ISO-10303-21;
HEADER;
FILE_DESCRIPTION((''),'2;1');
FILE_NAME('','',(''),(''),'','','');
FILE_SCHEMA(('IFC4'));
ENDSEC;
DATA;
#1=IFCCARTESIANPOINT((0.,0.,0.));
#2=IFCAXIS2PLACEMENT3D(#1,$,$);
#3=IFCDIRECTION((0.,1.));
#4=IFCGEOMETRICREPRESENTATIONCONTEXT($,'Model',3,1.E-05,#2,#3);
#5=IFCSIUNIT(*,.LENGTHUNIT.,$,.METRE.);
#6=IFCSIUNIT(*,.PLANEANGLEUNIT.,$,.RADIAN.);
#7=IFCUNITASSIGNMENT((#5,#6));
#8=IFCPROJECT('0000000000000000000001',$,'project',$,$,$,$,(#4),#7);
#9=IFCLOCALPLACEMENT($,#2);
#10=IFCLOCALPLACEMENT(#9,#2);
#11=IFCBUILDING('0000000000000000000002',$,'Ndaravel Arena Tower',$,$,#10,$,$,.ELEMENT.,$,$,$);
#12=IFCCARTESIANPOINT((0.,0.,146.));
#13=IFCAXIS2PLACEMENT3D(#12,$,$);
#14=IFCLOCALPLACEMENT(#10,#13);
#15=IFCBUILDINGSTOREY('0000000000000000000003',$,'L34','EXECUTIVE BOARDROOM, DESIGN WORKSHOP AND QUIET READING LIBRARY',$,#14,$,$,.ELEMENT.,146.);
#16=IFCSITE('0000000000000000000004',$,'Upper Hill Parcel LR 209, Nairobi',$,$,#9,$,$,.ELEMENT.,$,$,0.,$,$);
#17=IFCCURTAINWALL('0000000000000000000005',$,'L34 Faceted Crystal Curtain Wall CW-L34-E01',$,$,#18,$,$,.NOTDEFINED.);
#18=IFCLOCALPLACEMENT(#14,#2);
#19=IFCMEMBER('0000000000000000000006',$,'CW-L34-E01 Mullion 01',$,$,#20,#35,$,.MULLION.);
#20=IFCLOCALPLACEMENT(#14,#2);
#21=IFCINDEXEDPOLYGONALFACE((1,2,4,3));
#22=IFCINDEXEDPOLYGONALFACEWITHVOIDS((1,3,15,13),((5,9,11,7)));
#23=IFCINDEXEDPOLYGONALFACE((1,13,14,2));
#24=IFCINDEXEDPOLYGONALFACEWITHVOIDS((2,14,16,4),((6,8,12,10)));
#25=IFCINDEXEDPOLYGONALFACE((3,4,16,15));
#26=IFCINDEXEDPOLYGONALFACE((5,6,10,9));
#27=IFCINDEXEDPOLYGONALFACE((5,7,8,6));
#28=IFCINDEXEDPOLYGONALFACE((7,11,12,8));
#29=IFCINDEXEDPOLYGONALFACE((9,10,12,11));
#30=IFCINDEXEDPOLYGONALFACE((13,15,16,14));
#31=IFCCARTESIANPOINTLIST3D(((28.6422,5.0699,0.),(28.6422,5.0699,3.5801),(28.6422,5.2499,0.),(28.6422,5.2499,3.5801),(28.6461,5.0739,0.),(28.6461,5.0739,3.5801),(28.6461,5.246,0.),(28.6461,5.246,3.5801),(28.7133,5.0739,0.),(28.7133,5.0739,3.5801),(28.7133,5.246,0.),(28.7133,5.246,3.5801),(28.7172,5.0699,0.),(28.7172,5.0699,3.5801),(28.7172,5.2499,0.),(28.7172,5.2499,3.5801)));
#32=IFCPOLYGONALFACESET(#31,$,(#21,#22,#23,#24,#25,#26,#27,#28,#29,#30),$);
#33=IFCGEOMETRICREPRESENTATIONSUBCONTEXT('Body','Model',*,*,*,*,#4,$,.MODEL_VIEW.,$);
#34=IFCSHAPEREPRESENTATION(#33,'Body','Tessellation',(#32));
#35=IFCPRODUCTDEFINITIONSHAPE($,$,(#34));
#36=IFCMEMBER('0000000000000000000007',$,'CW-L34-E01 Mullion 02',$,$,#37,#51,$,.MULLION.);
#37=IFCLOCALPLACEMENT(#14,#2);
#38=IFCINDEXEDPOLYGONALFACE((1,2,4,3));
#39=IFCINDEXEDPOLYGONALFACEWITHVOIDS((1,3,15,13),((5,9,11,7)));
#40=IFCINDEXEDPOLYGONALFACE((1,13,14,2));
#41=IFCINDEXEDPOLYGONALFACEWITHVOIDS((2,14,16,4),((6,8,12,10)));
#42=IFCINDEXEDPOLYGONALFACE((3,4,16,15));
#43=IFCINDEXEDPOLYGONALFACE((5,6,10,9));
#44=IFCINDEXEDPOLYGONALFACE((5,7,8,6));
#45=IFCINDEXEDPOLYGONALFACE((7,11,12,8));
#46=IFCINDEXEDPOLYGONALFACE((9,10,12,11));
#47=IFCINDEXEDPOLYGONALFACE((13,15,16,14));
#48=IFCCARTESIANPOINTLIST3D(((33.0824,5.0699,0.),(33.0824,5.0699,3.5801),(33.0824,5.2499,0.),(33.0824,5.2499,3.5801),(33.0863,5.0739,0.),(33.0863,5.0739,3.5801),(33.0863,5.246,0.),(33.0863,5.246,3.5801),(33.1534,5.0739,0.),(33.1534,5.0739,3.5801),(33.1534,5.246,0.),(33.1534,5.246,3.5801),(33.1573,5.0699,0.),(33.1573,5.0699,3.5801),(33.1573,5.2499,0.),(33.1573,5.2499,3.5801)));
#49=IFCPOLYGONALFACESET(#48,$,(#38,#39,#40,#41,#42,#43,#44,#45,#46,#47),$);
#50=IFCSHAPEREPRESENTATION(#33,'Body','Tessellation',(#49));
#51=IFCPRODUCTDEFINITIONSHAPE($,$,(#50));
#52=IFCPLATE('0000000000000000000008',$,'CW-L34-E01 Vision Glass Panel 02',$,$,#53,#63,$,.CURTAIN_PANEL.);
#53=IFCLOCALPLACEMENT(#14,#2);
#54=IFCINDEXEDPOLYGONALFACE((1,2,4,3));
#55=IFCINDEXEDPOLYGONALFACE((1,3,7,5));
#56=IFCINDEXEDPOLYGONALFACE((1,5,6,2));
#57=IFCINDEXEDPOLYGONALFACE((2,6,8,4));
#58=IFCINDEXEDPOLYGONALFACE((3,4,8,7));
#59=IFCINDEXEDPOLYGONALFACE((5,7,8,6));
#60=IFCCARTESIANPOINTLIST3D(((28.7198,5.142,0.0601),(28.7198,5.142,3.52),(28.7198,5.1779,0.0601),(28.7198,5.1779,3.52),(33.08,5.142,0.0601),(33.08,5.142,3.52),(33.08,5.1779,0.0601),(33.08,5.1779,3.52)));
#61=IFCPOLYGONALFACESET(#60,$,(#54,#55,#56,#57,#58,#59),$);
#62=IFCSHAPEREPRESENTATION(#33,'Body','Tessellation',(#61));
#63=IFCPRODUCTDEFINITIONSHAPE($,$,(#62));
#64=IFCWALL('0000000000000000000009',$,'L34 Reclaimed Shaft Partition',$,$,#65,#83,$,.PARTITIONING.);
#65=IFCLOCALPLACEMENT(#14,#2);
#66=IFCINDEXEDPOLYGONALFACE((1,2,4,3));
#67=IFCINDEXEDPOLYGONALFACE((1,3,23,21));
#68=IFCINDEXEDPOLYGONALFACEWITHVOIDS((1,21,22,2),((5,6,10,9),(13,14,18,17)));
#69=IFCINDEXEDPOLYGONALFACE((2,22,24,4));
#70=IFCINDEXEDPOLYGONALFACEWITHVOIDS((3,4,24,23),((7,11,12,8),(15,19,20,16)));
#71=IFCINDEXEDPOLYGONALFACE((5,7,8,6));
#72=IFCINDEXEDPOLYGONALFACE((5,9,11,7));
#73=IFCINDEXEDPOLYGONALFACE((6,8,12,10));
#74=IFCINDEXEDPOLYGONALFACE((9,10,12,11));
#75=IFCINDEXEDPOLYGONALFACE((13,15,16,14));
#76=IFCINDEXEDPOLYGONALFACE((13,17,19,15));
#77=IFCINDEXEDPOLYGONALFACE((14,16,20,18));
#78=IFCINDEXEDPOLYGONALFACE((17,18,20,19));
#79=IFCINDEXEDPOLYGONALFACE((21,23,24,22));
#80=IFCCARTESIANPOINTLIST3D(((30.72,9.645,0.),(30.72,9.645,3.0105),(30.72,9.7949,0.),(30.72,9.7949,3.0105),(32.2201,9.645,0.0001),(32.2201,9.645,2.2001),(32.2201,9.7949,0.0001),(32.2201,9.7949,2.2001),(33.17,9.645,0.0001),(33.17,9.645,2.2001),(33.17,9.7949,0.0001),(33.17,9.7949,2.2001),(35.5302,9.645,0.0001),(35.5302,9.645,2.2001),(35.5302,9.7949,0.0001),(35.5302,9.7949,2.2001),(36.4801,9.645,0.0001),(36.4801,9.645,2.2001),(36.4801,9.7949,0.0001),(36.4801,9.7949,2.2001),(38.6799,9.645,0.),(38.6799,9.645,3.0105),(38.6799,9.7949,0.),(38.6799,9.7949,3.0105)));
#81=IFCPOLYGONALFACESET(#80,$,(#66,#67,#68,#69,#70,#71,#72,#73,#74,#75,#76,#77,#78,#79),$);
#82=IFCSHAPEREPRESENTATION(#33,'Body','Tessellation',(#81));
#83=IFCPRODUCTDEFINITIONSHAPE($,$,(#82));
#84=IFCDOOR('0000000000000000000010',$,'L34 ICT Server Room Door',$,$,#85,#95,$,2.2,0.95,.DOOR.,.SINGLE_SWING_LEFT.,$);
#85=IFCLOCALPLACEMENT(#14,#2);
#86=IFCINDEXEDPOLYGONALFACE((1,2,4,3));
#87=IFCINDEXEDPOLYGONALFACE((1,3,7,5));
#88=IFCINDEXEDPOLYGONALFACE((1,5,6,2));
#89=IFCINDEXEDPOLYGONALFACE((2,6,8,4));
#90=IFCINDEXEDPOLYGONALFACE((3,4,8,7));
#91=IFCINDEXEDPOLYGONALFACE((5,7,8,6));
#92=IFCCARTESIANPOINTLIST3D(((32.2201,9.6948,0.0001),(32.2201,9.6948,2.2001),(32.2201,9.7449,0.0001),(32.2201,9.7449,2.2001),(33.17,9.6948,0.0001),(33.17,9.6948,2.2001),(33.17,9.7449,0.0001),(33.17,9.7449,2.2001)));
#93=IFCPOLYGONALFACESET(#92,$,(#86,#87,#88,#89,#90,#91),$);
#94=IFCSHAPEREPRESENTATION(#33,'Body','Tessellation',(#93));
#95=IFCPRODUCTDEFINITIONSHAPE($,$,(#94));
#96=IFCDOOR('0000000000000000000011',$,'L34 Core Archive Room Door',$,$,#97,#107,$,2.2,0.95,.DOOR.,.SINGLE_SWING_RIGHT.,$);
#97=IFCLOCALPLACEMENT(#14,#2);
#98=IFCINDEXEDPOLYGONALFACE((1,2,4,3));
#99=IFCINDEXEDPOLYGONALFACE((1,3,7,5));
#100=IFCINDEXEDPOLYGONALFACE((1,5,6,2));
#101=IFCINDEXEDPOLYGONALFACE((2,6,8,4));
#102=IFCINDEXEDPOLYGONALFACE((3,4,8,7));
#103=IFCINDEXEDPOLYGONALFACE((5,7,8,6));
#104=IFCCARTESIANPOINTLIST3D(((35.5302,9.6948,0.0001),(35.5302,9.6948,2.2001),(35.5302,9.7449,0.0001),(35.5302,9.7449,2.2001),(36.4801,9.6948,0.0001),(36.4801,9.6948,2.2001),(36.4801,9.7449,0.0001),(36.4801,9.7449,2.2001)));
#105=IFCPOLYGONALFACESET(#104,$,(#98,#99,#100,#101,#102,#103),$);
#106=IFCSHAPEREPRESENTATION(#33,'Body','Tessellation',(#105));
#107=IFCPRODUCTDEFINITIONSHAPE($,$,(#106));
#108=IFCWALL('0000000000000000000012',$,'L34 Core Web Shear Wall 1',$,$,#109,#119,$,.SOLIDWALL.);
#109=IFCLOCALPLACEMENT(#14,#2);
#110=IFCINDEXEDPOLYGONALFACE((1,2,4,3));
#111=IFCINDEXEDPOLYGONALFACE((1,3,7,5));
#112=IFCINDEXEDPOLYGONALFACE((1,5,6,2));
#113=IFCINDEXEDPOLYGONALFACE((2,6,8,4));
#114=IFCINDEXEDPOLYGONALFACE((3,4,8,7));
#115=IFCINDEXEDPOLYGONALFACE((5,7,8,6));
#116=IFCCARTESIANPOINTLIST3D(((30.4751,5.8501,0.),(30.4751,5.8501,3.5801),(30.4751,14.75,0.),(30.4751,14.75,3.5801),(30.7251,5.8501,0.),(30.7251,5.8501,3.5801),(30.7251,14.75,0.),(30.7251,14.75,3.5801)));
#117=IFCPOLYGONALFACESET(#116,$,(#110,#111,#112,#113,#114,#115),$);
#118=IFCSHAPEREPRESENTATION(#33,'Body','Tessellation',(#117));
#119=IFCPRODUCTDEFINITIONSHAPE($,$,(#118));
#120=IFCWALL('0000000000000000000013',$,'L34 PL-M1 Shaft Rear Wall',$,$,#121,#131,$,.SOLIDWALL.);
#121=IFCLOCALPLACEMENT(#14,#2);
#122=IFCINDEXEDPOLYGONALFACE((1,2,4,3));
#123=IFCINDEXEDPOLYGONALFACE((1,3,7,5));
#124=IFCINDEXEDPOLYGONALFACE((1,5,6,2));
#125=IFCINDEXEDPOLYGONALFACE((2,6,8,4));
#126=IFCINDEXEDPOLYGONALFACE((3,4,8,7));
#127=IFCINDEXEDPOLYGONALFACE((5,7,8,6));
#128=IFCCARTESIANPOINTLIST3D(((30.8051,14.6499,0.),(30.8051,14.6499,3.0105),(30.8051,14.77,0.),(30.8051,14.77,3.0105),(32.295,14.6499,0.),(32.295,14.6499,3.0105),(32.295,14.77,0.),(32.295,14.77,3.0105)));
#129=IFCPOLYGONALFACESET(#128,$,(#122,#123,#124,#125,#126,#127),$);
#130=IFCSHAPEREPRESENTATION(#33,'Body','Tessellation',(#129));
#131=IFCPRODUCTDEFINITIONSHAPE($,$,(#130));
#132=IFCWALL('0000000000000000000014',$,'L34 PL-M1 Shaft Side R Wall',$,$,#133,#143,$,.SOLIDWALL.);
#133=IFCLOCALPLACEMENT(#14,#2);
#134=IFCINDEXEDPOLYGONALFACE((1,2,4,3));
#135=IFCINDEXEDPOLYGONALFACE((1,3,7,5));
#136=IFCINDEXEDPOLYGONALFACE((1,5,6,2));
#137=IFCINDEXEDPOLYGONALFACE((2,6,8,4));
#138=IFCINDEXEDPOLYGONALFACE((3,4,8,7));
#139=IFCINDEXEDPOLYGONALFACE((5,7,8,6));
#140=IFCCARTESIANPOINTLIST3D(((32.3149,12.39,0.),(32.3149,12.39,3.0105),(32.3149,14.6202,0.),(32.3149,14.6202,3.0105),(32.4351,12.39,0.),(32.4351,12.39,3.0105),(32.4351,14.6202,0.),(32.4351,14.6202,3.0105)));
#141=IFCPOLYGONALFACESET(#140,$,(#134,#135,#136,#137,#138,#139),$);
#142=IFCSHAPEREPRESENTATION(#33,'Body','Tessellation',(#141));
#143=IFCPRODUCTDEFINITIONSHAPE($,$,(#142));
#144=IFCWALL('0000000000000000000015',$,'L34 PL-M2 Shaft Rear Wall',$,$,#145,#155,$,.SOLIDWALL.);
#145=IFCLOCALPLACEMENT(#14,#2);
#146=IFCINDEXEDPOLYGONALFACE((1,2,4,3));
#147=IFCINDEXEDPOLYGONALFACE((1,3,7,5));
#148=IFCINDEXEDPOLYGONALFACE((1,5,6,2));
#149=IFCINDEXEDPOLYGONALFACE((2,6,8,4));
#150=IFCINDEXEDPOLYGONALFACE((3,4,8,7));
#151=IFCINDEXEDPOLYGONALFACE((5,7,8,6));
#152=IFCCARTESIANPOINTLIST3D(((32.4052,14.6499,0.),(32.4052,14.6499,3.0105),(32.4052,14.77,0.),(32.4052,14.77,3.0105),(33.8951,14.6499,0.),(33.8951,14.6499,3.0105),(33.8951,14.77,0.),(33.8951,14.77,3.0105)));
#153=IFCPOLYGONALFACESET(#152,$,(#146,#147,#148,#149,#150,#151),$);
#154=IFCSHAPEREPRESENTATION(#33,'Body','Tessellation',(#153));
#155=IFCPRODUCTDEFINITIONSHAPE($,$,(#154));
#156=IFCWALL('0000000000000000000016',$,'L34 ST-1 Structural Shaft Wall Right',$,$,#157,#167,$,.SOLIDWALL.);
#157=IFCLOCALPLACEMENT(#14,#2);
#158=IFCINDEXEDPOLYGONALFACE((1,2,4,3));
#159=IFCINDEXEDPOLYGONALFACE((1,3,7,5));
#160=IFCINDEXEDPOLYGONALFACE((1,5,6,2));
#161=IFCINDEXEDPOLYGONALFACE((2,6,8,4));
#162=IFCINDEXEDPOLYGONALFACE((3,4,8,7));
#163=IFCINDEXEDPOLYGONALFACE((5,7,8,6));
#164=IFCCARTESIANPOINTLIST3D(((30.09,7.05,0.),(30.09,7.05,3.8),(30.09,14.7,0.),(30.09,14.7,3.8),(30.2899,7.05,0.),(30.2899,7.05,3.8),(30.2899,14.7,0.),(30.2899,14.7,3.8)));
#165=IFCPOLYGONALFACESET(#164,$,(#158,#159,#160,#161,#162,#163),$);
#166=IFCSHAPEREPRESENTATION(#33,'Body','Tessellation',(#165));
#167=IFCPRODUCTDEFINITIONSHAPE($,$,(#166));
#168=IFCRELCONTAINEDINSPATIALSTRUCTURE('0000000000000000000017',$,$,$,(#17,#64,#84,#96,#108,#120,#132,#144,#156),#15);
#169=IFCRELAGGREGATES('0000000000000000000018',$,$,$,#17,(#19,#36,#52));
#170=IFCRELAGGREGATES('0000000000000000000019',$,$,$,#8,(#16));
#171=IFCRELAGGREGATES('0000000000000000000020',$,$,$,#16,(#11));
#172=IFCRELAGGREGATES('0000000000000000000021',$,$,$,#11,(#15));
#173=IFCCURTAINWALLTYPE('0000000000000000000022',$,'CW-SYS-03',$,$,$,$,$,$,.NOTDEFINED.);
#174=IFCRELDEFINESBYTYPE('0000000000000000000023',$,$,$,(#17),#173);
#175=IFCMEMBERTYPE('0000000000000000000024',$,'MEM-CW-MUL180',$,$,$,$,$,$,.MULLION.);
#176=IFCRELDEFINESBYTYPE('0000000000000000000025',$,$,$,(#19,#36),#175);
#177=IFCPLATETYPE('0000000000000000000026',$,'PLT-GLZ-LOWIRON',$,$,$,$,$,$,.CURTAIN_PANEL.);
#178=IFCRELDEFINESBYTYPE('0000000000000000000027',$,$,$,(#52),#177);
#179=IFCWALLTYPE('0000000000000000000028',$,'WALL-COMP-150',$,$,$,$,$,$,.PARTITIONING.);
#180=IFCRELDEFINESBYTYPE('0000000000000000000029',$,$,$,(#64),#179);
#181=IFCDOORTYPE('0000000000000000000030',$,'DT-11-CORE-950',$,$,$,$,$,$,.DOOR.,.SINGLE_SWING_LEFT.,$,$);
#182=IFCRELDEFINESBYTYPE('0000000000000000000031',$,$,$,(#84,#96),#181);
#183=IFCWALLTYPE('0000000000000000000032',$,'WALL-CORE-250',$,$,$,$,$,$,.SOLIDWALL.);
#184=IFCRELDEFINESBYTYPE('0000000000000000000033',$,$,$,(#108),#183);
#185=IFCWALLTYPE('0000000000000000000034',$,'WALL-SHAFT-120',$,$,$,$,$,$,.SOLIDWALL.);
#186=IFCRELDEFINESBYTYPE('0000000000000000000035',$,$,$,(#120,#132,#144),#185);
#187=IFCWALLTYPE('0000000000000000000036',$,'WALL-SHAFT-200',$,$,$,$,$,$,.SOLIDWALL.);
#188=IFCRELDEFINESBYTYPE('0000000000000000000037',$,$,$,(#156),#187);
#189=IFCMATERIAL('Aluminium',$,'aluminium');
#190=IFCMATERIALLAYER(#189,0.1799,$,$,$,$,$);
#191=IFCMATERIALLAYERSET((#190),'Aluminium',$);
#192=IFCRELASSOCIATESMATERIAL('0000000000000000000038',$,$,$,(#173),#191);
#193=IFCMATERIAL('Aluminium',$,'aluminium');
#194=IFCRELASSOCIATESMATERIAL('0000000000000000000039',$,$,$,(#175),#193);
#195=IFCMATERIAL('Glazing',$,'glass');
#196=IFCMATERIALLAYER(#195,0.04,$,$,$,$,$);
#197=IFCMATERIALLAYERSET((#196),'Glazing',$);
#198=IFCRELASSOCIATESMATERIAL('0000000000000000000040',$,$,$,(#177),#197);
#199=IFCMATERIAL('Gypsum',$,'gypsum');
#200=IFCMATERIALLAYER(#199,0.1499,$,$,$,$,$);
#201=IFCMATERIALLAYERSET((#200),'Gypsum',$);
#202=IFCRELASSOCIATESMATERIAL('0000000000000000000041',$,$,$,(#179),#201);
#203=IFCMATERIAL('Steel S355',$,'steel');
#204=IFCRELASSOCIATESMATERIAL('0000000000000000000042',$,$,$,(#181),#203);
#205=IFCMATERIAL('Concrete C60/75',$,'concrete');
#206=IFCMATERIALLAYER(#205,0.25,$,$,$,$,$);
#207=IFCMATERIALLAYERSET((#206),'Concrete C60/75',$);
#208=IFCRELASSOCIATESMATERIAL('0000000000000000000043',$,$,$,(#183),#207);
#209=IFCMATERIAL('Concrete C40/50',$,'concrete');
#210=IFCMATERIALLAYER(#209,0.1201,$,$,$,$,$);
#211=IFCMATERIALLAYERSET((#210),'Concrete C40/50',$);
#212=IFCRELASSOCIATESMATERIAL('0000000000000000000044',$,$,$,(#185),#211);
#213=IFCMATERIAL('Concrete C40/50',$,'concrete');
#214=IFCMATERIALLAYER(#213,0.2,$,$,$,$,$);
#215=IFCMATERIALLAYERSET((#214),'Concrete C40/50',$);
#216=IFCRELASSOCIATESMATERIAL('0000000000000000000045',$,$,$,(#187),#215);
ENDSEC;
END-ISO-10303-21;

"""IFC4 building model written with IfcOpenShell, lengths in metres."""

from ifc_helpers import new_model, si_unit, direction, frame, frame_2d, origin, origin_2d, place, context, subcontext, project, spatial, rectangle, hollow_rectangle, extrude, material, layer, layer_set, material_profile, profile_set, type_object, element, fill, aggregate, save


model = new_model("IFC4")

# Units and contexts
model_context = context("Model", 3, precision=1e-05, world=origin(), true_north=direction((0.0, 1.0)))
body_context = subcontext(model_context, "Body", "Model", "MODEL_VIEW")
ifc_project = project(units=[si_unit("LENGTHUNIT", "METRE"), si_unit("PLANEANGLEUNIT", "RADIAN")], contexts=[model_context])

# Site, building, storey
site_placement = place(None, origin())
site = spatial("IfcSite", under=ifc_project, at=site_placement, Name="Upper Hill Parcel LR 209, Nairobi", CompositionType="ELEMENT", RefElevation=0.0)
building_placement = place(site_placement, origin())
building = spatial("IfcBuilding", under=site, at=building_placement, Name="Ndaravel Arena Tower", CompositionType="ELEMENT")
storey_placement = place(building_placement, frame((0.0, 0.0, 146.0)))
storey = spatial("IfcBuildingStorey", under=building, at=storey_placement, Name="L34", Description="EXECUTIVE BOARDROOM, DESIGN WORKSHOP AND QUIET READING LIBRARY", CompositionType="ELEMENT", Elevation=146.0)

# Curtain wall, members, plate
ifc_material_1 = material(Name="Aluminium", Category="aluminium")
ifc_layer_1 = layer(ifc_material_1, 0.1799)
ifc_layer_set_1 = layer_set([ifc_layer_1], Name="Aluminium")
curtain_wall_type = type_object("IfcCurtainWallType", Name="CW-SYS-03", PredefinedType="NOTDEFINED", material=ifc_layer_set_1)
curtain_wall_placement = place(storey_placement, origin())
curtain_wall = element("IfcCurtainWall", 1, at=curtain_wall_placement, inside=storey, type_object=curtain_wall_type, Name="L34 Faceted Crystal Curtain Wall CW-L34-E01", PredefinedType="NOTDEFINED")
ifc_material_2 = material(Name="Aluminium", Category="aluminium")
ifc_material_profile = material_profile(ifc_material_2, hollow_rectangle(XDim=0.075, YDim=0.1799, WallThickness=0.0039, at=origin_2d()), Name="CW MULLION 75x180x4")
ifc_profile_set = profile_set([ifc_material_profile], Name="Aluminium")
member_type = type_object("IfcMemberType", Name="MEM-CW-MUL180", PredefinedType="MULLION", material=ifc_profile_set)
member_1_placement = place(storey_placement, frame((28.6797, 5.1599, 0.0), z_axis=(0.0, 0.0, 1.0), x_axis=(1.0, 0.0, 0.0)))
member_1 = element("IfcMember", 2, at=member_1_placement, type_object=member_type, Name="CW-L34-E01 Mullion 01", PredefinedType="MULLION", context=body_context, shape_type="SweptSolid", body=[
    extrude(hollow_rectangle(XDim=0.075, YDim=0.1799, WallThickness=0.0039, at=origin_2d()), origin(), (0.0, 0.0, 1.0), 3.5801),
])
member_2_placement = place(storey_placement, frame((33.1199, 5.1599, 0.0), z_axis=(0.0, 0.0, 1.0), x_axis=(1.0, 0.0, 0.0)))
member_2 = element("IfcMember", 3, at=member_2_placement, type_object=member_type, Name="CW-L34-E01 Mullion 02", PredefinedType="MULLION", context=body_context, shape_type="SweptSolid", body=[
    extrude(hollow_rectangle(XDim=0.075, YDim=0.1799, WallThickness=0.0039, at=origin_2d()), origin(), (0.0, 0.0, 1.0), 3.5801),
])
ifc_material_3 = material(Name="Glazing", Category="glass")
ifc_layer_2 = layer(ifc_material_3, 0.04)
ifc_layer_set_2 = layer_set([ifc_layer_2], Name="Glazing")
plate_type = type_object("IfcPlateType", Name="PLT-GLZ-LOWIRON", PredefinedType="CURTAIN_PANEL", material=ifc_layer_set_2)
plate_placement = place(storey_placement, frame((30.8999, 5.1599, 0.0601), z_axis=(0.0, 0.0, 1.0), x_axis=(1.0, 0.0, 0.0)))
plate = element("IfcPlate", 4, at=plate_placement, type_object=plate_type, Name="CW-L34-E01 Vision Glass Panel 02", PredefinedType="CURTAIN_PANEL", context=body_context, shape_type="SweptSolid", body=[
    extrude(rectangle(XDim=4.3601, YDim=0.0359, at=origin_2d()), origin(), (0.0, 0.0, 1.0), 3.46),
])
aggregate(curtain_wall, [member_1, member_2, plate])

# Wall, openings, doors
ifc_material_4 = material(Name="Gypsum", Category="gypsum")
ifc_layer_3 = layer(ifc_material_4, 0.1499)
ifc_layer_set_3 = layer_set([ifc_layer_3], Name="Gypsum")
wall_type_1 = type_object("IfcWallType", Name="WALL-COMP-150", PredefinedType="PARTITIONING", material=ifc_layer_set_3)
wall_1_placement = place(storey_placement, frame((30.72, 9.72, 0.0), z_axis=(0.0, 0.0, 1.0), x_axis=(1.0, 0.0, 0.0)))
wall_1 = element("IfcWall", 5, at=wall_1_placement, inside=storey, type_object=wall_type_1, Name="L34 Reclaimed Shaft Partition", PredefinedType="PARTITIONING", context=body_context, shape_type="SweptSolid", body=[
    extrude(rectangle(XDim=7.96, YDim=0.1499, at=frame_2d((3.98, 0.0))), origin(), (0.0, 0.0, 1.0), 3.0105),
])
opening_1_placement = place(wall_1_placement, frame((1.5, 0.0, 0.0)))
opening_1 = element("IfcOpeningElement", 6, at=opening_1_placement, cuts=wall_1, PredefinedType="OPENING", context=body_context, shape_type="SweptSolid", body=[
    extrude(rectangle(XDim=0.95, YDim=2.2, at=frame_2d((0.4751, 1.1001))), frame((0.0, 0.075, 0.0), z_axis=(0.0, -1.0, 0.0), x_axis=(1.0, 0.0, 0.0)), (0.0, 0.0, 1.0), 0.1499),
])
opening_2_placement = place(wall_1_placement, frame((4.8101, 0.0, 0.0)))
opening_2 = element("IfcOpeningElement", 7, at=opening_2_placement, cuts=wall_1, PredefinedType="OPENING", context=body_context, shape_type="SweptSolid", body=[
    extrude(rectangle(XDim=0.95, YDim=2.2, at=frame_2d((0.4751, 1.1001))), frame((0.0, 0.075, 0.0), z_axis=(0.0, -1.0, 0.0), x_axis=(1.0, 0.0, 0.0)), (0.0, 0.0, 1.0), 0.1499),
])
ifc_material_5 = material(Name="Steel S355", Category="steel")
door_type_1 = type_object("IfcDoorType", Name="DT-11-CORE-950", OperationType="SINGLE_SWING_LEFT", PredefinedType="DOOR", material=ifc_material_5)
door_1_placement = place(opening_1_placement, origin())
door_1 = element("IfcDoor", 8, at=door_1_placement, inside=storey, type_object=door_type_1, Name="L34 ICT Server Room Door", OperationType="SINGLE_SWING_LEFT", OverallHeight=2.2, OverallWidth=0.95, PredefinedType="DOOR", context=body_context, shape_type="SweptSolid", body=[
    extrude(rectangle(XDim=0.95, YDim=2.2, at=frame_2d((0.4751, 1.1001))), frame((0.0, 0.0249, 0.0), z_axis=(0.0, -1.0, 0.0), x_axis=(1.0, 0.0, 0.0)), (0.0, 0.0, 1.0), 0.05),
])
fill(opening_1, door_1)
door_2_placement = place(opening_2_placement, origin())
door_2 = element("IfcDoor", 9, at=door_2_placement, inside=storey, type_object=door_type_1, Name="L34 Core Archive Room Door", OperationType="SINGLE_SWING_RIGHT", OverallHeight=2.2, OverallWidth=0.95, PredefinedType="DOOR", context=body_context, shape_type="SweptSolid", body=[
    extrude(rectangle(XDim=0.95, YDim=2.2, at=frame_2d((0.4751, 1.1001))), frame((0.0, 0.0249, 0.0), z_axis=(0.0, -1.0, 0.0), x_axis=(1.0, 0.0, 0.0)), (0.0, 0.0, 1.0), 0.05),
])
fill(opening_2, door_2)

# Walls
ifc_material_6 = material(Name="Concrete C60/75", Category="concrete")
ifc_layer_4 = layer(ifc_material_6, 0.25)
ifc_layer_set_4 = layer_set([ifc_layer_4], Name="Concrete C60/75")
wall_type_2 = type_object("IfcWallType", Name="WALL-CORE-250", PredefinedType="SOLIDWALL", material=ifc_layer_set_4)
wall_2_placement = place(storey_placement, frame((30.6001, 5.8501, 0.0), z_axis=(0.0, 0.0, 1.0), x_axis=(0.0, 1.0, 0.0)))
element("IfcWall", 10, at=wall_2_placement, inside=storey, type_object=wall_type_2, Name="L34 Core Web Shear Wall 1", PredefinedType="SOLIDWALL", context=body_context, shape_type="SweptSolid", body=[
    extrude(rectangle(XDim=8.8999, YDim=0.25, at=frame_2d((4.45, 0.0))), origin(), (0.0, 0.0, 1.0), 3.5801),
])
ifc_material_7 = material(Name="Concrete C40/50", Category="concrete")
ifc_layer_5 = layer(ifc_material_7, 0.1201)
ifc_layer_set_5 = layer_set([ifc_layer_5], Name="Concrete C40/50")
wall_type_3 = type_object("IfcWallType", Name="WALL-SHAFT-120", PredefinedType="SOLIDWALL", material=ifc_layer_set_5)
wall_3_placement = place(storey_placement, frame((30.8049, 14.71, 0.0), z_axis=(0.0, 0.0, 1.0), x_axis=(1.0, 0.0, 0.0)))
element("IfcWall", 11, at=wall_3_placement, inside=storey, type_object=wall_type_3, Name="L34 PL-M1 Shaft Rear Wall", PredefinedType="SOLIDWALL", context=body_context, shape_type="SweptSolid", body=[
    extrude(rectangle(XDim=1.49, YDim=0.1201, at=frame_2d((0.7451, 0.0))), origin(), (0.0, 0.0, 1.0), 3.0105),
])
wall_4_placement = place(storey_placement, frame((32.375, 12.3899, 0.0), z_axis=(0.0, 0.0, 1.0), x_axis=(0.0, 1.0, 0.0)))
element("IfcWall", 12, at=wall_4_placement, inside=storey, type_object=wall_type_3, Name="L34 PL-M1 Shaft Side R Wall", PredefinedType="SOLIDWALL", context=body_context, shape_type="SweptSolid", body=[
    extrude(rectangle(XDim=2.2302, YDim=0.1201, at=frame_2d((1.1152, 0.0))), origin(), (0.0, 0.0, 1.0), 3.0105),
])
wall_5_placement = place(storey_placement, frame((32.405, 14.71, 0.0), z_axis=(0.0, 0.0, 1.0), x_axis=(1.0, 0.0, 0.0)))
element("IfcWall", 13, at=wall_5_placement, inside=storey, type_object=wall_type_3, Name="L34 PL-M2 Shaft Rear Wall", PredefinedType="SOLIDWALL", context=body_context, shape_type="SweptSolid", body=[
    extrude(rectangle(XDim=1.49, YDim=0.1201, at=frame_2d((0.7451, 0.0))), origin(), (0.0, 0.0, 1.0), 3.0105),
])
ifc_material_8 = material(Name="Concrete C40/50", Category="concrete")
ifc_layer_6 = layer(ifc_material_8, 0.2)
ifc_layer_set_6 = layer_set([ifc_layer_6], Name="Concrete C40/50")
wall_type_4 = type_object("IfcWallType", Name="WALL-SHAFT-200", PredefinedType="SOLIDWALL", material=ifc_layer_set_6)
wall_6_placement = place(storey_placement, frame((30.1899, 14.7, 0.0), z_axis=(0.0, 0.0, 1.0), x_axis=(0.0, -1.0, 0.0)))
element("IfcWall", 14, at=wall_6_placement, inside=storey, type_object=wall_type_4, Name="L34 ST-1 Structural Shaft Wall Right", PredefinedType="SOLIDWALL", context=body_context, shape_type="SweptSolid", body=[
    extrude(rectangle(XDim=7.6499, YDim=0.2, at=frame_2d((3.825, 0.0))), origin(), (0.0, 0.0, 1.0), 3.8),
])

save(model, "model.ifc")
